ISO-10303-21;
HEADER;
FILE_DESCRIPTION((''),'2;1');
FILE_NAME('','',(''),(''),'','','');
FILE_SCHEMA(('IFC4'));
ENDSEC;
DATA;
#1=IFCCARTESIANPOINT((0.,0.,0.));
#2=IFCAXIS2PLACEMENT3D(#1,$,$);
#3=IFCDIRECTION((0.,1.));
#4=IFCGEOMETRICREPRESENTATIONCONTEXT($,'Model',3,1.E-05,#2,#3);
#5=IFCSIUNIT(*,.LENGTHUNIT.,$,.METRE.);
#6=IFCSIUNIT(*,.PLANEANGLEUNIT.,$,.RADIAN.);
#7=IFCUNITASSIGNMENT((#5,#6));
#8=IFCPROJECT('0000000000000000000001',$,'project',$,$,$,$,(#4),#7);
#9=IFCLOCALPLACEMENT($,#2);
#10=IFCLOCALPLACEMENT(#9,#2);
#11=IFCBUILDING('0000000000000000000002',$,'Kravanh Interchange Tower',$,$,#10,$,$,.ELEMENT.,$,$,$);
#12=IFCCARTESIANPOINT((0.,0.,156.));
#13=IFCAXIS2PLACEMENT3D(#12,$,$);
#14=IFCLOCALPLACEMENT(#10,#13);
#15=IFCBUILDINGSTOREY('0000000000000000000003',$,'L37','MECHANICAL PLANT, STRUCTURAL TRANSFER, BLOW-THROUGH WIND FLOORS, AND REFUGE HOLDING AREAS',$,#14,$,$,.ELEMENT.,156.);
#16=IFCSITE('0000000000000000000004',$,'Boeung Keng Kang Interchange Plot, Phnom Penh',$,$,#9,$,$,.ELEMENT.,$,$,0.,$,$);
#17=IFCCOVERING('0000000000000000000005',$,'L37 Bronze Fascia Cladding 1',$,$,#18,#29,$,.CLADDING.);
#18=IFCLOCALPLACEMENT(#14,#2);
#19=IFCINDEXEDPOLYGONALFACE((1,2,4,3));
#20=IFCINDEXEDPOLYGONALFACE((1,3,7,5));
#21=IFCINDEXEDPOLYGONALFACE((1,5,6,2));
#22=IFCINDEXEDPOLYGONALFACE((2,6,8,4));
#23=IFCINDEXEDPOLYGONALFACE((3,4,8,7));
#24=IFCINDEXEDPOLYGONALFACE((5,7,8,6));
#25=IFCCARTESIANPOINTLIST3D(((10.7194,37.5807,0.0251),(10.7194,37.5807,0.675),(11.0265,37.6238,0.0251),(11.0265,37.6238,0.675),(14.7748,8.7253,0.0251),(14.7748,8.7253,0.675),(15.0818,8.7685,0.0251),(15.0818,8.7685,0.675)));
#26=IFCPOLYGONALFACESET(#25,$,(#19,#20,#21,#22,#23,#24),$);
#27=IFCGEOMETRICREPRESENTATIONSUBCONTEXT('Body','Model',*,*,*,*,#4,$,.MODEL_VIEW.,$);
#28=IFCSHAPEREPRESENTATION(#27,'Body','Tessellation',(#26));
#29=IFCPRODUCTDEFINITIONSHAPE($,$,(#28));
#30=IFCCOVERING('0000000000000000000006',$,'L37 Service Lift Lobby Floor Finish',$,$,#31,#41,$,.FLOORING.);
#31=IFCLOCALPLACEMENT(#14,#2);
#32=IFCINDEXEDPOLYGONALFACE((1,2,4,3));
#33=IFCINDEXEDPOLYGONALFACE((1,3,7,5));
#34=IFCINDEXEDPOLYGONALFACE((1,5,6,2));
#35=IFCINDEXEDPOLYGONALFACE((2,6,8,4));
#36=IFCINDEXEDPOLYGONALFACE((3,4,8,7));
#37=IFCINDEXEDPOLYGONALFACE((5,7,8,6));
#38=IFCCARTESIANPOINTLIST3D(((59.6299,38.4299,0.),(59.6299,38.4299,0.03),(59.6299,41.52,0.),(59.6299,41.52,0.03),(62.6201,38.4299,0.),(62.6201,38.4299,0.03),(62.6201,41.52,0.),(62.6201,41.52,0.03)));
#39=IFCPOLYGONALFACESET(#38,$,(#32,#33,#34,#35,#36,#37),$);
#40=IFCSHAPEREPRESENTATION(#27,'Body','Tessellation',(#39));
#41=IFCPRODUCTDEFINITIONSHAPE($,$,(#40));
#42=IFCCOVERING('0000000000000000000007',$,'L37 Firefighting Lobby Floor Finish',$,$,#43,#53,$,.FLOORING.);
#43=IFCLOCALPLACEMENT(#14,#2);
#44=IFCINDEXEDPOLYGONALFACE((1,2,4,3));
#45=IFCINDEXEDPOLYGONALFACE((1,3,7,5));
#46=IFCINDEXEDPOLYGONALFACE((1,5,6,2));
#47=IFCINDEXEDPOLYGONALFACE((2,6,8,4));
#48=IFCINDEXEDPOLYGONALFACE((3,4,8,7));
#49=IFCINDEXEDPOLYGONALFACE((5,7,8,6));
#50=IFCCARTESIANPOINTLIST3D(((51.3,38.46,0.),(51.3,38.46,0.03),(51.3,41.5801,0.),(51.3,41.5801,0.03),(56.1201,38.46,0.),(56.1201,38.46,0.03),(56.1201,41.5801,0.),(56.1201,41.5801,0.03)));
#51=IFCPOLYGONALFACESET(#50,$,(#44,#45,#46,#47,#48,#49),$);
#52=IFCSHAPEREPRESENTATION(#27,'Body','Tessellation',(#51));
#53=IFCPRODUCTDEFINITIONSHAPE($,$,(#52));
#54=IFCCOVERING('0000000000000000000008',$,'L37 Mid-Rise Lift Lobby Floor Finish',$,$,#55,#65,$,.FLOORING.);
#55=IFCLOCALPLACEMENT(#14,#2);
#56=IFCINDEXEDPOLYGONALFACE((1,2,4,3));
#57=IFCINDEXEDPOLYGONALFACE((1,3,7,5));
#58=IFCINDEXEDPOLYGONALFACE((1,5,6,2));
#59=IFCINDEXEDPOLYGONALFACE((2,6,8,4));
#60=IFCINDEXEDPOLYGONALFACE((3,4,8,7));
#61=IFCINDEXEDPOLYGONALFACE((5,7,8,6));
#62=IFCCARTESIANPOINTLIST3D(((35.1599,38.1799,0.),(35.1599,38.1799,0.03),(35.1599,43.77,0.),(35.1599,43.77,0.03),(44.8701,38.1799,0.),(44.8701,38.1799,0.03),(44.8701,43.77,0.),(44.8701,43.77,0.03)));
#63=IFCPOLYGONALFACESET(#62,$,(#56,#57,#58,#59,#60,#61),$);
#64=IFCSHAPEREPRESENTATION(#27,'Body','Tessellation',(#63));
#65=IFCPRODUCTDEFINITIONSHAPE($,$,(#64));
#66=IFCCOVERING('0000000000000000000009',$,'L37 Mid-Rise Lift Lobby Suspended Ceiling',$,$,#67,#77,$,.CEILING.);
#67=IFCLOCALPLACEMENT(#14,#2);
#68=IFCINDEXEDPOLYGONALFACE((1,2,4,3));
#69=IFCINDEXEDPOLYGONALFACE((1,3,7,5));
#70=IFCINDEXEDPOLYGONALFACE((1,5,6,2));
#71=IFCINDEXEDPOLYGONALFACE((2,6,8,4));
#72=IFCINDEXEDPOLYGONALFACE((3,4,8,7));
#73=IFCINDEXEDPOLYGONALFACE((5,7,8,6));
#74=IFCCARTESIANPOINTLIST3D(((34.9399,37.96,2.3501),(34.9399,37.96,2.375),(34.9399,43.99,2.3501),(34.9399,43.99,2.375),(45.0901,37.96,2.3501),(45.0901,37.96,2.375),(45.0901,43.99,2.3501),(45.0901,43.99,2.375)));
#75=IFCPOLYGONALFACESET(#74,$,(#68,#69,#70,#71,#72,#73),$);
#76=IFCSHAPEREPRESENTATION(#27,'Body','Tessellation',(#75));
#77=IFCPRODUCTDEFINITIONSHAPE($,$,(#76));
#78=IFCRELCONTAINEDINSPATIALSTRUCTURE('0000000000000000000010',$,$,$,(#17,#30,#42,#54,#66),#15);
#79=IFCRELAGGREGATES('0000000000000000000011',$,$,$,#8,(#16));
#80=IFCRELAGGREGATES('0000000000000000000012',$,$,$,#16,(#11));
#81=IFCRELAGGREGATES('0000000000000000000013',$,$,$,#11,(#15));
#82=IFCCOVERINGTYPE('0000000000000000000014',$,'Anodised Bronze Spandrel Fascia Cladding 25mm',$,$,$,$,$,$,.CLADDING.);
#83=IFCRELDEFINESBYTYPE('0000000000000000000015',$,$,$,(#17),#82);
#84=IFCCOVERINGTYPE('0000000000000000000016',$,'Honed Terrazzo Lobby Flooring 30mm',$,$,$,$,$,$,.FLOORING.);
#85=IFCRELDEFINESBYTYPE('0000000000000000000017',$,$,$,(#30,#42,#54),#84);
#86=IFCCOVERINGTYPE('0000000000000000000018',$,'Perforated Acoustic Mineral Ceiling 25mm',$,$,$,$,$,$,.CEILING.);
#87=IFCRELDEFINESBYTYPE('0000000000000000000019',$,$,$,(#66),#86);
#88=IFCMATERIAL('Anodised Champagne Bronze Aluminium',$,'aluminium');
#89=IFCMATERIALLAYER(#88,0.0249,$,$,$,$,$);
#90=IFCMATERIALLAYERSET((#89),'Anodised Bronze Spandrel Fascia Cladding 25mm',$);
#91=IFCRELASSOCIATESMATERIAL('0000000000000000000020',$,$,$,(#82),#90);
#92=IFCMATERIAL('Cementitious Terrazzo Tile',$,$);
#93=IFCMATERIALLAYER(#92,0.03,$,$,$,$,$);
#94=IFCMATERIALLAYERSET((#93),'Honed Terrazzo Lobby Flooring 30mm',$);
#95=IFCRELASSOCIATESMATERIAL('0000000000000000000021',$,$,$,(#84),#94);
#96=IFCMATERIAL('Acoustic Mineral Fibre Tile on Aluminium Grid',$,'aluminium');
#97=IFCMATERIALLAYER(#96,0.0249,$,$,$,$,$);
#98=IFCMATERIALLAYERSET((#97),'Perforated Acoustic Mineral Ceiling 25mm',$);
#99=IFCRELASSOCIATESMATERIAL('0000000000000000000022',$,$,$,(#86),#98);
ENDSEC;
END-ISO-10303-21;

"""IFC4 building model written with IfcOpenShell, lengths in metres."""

from ifc_helpers import new_model, si_unit, direction, frame, origin, origin_2d, place, context, subcontext, project, spatial, polyline, rectangle, outline, extrude, material, layer, layer_set, type_object, element, save


model = new_model("IFC4")

# Units and contexts
model_context = context("Model", 3, precision=1e-05, world=origin(), true_north=direction((0.0, 1.0)))
body_context = subcontext(model_context, "Body", "Model", "MODEL_VIEW")
ifc_project = project(units=[si_unit("LENGTHUNIT", "METRE"), si_unit("PLANEANGLEUNIT", "RADIAN")], contexts=[model_context])

# Site, building, storey
site_placement = place(None, origin())
site = spatial("IfcSite", under=ifc_project, at=site_placement, Name="Boeung Keng Kang Interchange Plot, Phnom Penh", CompositionType="ELEMENT", RefElevation=0.0)
building_placement = place(site_placement, origin())
building = spatial("IfcBuilding", under=site, at=building_placement, Name="Kravanh Interchange Tower", CompositionType="ELEMENT")
storey_placement = place(building_placement, frame((0.0, 0.0, 156.0)))
storey = spatial("IfcBuildingStorey", under=building, at=storey_placement, Name="L37", Description="MECHANICAL PLANT, STRUCTURAL TRANSFER, BLOW-THROUGH WIND FLOORS, AND REFUGE HOLDING AREAS", CompositionType="ELEMENT", Elevation=156.0)

# Coverings
ifc_material_1 = material(Name="Anodised Champagne Bronze Aluminium", Category="aluminium")
ifc_layer_1 = layer(ifc_material_1, 0.0249)
ifc_layer_set_1 = layer_set([ifc_layer_1], Name="Anodised Bronze Spandrel Fascia Cladding 25mm")
covering_type_1 = type_object("IfcCoveringType", Name="Anodised Bronze Spandrel Fascia Cladding 25mm", PredefinedType="CLADDING", material=ifc_layer_set_1)
covering_1_placement = place(storey_placement, frame((12.9006, 23.1746, 0.0251), z_axis=(0.0, 0.0, 1.0), x_axis=(-0.139173, 0.990268, 0.0)))
element("IfcCovering", 1, at=covering_1_placement, inside=storey, type_object=covering_type_1, Name="L37 Bronze Fascia Cladding 1", PredefinedType="CLADDING", context=body_context, shape_type="SweptSolid", body=[
    extrude(rectangle(XDim=29.1389, YDim=0.3101, at=origin_2d()), origin(), (0.0, 0.0, 1.0), 0.6499),
])
ifc_material_2 = material(Name="Cementitious Terrazzo Tile")
ifc_layer_2 = layer(ifc_material_2, 0.03)
ifc_layer_set_2 = layer_set([ifc_layer_2], Name="Honed Terrazzo Lobby Flooring 30mm")
covering_type_2 = type_object("IfcCoveringType", Name="Honed Terrazzo Lobby Flooring 30mm", PredefinedType="FLOORING", material=ifc_layer_set_2)
covering_2_placement = place(storey_placement, origin())
element("IfcCovering", 2, at=covering_2_placement, inside=storey, type_object=covering_type_2, Name="L37 Service Lift Lobby Floor Finish", PredefinedType="FLOORING", context=body_context, shape_type="SweptSolid", body=[
    extrude(outline(polyline([(59.6299, 41.52), (62.6201, 41.52), (62.6201, 38.4299), (59.6299, 38.4299), (59.6299, 41.52)])), origin(), (0.0, 0.0, 1.0), 0.03),
])
covering_3_placement = place(storey_placement, origin())
element("IfcCovering", 3, at=covering_3_placement, inside=storey, type_object=covering_type_2, Name="L37 Firefighting Lobby Floor Finish", PredefinedType="FLOORING", context=body_context, shape_type="SweptSolid", body=[
    extrude(outline(polyline([(56.1201, 38.46), (51.3, 38.46), (51.3, 41.5801), (56.1201, 41.5801), (56.1201, 38.46)])), origin(), (0.0, 0.0, 1.0), 0.03),
])
covering_4_placement = place(storey_placement, origin())
element("IfcCovering", 4, at=covering_4_placement, inside=storey, type_object=covering_type_2, Name="L37 Mid-Rise Lift Lobby Floor Finish", PredefinedType="FLOORING", context=body_context, shape_type="SweptSolid", body=[
    extrude(outline(polyline([(35.1599, 43.77), (44.8701, 43.77), (44.8701, 38.1799), (35.1599, 38.1799), (35.1599, 43.77)])), origin(), (0.0, 0.0, 1.0), 0.03),
])
ifc_material_3 = material(Name="Acoustic Mineral Fibre Tile on Aluminium Grid", Category="aluminium")
ifc_layer_3 = layer(ifc_material_3, 0.0249)
ifc_layer_set_3 = layer_set([ifc_layer_3], Name="Perforated Acoustic Mineral Ceiling 25mm")
covering_type_3 = type_object("IfcCoveringType", Name="Perforated Acoustic Mineral Ceiling 25mm", PredefinedType="CEILING", material=ifc_layer_set_3)
covering_5_placement = place(storey_placement, frame((0.0, 0.0, 2.3501)))
element("IfcCovering", 5, at=covering_5_placement, inside=storey, type_object=covering_type_3, Name="L37 Mid-Rise Lift Lobby Suspended Ceiling", PredefinedType="CEILING", context=body_context, shape_type="SweptSolid", body=[
    extrude(outline(polyline([(45.0901, 37.96), (34.9399, 37.96), (34.9399, 43.99), (45.0901, 43.99), (45.0901, 37.96)])), origin(), (0.0, 0.0, 1.0), 0.0249),
])

save(model, "model.ifc")
